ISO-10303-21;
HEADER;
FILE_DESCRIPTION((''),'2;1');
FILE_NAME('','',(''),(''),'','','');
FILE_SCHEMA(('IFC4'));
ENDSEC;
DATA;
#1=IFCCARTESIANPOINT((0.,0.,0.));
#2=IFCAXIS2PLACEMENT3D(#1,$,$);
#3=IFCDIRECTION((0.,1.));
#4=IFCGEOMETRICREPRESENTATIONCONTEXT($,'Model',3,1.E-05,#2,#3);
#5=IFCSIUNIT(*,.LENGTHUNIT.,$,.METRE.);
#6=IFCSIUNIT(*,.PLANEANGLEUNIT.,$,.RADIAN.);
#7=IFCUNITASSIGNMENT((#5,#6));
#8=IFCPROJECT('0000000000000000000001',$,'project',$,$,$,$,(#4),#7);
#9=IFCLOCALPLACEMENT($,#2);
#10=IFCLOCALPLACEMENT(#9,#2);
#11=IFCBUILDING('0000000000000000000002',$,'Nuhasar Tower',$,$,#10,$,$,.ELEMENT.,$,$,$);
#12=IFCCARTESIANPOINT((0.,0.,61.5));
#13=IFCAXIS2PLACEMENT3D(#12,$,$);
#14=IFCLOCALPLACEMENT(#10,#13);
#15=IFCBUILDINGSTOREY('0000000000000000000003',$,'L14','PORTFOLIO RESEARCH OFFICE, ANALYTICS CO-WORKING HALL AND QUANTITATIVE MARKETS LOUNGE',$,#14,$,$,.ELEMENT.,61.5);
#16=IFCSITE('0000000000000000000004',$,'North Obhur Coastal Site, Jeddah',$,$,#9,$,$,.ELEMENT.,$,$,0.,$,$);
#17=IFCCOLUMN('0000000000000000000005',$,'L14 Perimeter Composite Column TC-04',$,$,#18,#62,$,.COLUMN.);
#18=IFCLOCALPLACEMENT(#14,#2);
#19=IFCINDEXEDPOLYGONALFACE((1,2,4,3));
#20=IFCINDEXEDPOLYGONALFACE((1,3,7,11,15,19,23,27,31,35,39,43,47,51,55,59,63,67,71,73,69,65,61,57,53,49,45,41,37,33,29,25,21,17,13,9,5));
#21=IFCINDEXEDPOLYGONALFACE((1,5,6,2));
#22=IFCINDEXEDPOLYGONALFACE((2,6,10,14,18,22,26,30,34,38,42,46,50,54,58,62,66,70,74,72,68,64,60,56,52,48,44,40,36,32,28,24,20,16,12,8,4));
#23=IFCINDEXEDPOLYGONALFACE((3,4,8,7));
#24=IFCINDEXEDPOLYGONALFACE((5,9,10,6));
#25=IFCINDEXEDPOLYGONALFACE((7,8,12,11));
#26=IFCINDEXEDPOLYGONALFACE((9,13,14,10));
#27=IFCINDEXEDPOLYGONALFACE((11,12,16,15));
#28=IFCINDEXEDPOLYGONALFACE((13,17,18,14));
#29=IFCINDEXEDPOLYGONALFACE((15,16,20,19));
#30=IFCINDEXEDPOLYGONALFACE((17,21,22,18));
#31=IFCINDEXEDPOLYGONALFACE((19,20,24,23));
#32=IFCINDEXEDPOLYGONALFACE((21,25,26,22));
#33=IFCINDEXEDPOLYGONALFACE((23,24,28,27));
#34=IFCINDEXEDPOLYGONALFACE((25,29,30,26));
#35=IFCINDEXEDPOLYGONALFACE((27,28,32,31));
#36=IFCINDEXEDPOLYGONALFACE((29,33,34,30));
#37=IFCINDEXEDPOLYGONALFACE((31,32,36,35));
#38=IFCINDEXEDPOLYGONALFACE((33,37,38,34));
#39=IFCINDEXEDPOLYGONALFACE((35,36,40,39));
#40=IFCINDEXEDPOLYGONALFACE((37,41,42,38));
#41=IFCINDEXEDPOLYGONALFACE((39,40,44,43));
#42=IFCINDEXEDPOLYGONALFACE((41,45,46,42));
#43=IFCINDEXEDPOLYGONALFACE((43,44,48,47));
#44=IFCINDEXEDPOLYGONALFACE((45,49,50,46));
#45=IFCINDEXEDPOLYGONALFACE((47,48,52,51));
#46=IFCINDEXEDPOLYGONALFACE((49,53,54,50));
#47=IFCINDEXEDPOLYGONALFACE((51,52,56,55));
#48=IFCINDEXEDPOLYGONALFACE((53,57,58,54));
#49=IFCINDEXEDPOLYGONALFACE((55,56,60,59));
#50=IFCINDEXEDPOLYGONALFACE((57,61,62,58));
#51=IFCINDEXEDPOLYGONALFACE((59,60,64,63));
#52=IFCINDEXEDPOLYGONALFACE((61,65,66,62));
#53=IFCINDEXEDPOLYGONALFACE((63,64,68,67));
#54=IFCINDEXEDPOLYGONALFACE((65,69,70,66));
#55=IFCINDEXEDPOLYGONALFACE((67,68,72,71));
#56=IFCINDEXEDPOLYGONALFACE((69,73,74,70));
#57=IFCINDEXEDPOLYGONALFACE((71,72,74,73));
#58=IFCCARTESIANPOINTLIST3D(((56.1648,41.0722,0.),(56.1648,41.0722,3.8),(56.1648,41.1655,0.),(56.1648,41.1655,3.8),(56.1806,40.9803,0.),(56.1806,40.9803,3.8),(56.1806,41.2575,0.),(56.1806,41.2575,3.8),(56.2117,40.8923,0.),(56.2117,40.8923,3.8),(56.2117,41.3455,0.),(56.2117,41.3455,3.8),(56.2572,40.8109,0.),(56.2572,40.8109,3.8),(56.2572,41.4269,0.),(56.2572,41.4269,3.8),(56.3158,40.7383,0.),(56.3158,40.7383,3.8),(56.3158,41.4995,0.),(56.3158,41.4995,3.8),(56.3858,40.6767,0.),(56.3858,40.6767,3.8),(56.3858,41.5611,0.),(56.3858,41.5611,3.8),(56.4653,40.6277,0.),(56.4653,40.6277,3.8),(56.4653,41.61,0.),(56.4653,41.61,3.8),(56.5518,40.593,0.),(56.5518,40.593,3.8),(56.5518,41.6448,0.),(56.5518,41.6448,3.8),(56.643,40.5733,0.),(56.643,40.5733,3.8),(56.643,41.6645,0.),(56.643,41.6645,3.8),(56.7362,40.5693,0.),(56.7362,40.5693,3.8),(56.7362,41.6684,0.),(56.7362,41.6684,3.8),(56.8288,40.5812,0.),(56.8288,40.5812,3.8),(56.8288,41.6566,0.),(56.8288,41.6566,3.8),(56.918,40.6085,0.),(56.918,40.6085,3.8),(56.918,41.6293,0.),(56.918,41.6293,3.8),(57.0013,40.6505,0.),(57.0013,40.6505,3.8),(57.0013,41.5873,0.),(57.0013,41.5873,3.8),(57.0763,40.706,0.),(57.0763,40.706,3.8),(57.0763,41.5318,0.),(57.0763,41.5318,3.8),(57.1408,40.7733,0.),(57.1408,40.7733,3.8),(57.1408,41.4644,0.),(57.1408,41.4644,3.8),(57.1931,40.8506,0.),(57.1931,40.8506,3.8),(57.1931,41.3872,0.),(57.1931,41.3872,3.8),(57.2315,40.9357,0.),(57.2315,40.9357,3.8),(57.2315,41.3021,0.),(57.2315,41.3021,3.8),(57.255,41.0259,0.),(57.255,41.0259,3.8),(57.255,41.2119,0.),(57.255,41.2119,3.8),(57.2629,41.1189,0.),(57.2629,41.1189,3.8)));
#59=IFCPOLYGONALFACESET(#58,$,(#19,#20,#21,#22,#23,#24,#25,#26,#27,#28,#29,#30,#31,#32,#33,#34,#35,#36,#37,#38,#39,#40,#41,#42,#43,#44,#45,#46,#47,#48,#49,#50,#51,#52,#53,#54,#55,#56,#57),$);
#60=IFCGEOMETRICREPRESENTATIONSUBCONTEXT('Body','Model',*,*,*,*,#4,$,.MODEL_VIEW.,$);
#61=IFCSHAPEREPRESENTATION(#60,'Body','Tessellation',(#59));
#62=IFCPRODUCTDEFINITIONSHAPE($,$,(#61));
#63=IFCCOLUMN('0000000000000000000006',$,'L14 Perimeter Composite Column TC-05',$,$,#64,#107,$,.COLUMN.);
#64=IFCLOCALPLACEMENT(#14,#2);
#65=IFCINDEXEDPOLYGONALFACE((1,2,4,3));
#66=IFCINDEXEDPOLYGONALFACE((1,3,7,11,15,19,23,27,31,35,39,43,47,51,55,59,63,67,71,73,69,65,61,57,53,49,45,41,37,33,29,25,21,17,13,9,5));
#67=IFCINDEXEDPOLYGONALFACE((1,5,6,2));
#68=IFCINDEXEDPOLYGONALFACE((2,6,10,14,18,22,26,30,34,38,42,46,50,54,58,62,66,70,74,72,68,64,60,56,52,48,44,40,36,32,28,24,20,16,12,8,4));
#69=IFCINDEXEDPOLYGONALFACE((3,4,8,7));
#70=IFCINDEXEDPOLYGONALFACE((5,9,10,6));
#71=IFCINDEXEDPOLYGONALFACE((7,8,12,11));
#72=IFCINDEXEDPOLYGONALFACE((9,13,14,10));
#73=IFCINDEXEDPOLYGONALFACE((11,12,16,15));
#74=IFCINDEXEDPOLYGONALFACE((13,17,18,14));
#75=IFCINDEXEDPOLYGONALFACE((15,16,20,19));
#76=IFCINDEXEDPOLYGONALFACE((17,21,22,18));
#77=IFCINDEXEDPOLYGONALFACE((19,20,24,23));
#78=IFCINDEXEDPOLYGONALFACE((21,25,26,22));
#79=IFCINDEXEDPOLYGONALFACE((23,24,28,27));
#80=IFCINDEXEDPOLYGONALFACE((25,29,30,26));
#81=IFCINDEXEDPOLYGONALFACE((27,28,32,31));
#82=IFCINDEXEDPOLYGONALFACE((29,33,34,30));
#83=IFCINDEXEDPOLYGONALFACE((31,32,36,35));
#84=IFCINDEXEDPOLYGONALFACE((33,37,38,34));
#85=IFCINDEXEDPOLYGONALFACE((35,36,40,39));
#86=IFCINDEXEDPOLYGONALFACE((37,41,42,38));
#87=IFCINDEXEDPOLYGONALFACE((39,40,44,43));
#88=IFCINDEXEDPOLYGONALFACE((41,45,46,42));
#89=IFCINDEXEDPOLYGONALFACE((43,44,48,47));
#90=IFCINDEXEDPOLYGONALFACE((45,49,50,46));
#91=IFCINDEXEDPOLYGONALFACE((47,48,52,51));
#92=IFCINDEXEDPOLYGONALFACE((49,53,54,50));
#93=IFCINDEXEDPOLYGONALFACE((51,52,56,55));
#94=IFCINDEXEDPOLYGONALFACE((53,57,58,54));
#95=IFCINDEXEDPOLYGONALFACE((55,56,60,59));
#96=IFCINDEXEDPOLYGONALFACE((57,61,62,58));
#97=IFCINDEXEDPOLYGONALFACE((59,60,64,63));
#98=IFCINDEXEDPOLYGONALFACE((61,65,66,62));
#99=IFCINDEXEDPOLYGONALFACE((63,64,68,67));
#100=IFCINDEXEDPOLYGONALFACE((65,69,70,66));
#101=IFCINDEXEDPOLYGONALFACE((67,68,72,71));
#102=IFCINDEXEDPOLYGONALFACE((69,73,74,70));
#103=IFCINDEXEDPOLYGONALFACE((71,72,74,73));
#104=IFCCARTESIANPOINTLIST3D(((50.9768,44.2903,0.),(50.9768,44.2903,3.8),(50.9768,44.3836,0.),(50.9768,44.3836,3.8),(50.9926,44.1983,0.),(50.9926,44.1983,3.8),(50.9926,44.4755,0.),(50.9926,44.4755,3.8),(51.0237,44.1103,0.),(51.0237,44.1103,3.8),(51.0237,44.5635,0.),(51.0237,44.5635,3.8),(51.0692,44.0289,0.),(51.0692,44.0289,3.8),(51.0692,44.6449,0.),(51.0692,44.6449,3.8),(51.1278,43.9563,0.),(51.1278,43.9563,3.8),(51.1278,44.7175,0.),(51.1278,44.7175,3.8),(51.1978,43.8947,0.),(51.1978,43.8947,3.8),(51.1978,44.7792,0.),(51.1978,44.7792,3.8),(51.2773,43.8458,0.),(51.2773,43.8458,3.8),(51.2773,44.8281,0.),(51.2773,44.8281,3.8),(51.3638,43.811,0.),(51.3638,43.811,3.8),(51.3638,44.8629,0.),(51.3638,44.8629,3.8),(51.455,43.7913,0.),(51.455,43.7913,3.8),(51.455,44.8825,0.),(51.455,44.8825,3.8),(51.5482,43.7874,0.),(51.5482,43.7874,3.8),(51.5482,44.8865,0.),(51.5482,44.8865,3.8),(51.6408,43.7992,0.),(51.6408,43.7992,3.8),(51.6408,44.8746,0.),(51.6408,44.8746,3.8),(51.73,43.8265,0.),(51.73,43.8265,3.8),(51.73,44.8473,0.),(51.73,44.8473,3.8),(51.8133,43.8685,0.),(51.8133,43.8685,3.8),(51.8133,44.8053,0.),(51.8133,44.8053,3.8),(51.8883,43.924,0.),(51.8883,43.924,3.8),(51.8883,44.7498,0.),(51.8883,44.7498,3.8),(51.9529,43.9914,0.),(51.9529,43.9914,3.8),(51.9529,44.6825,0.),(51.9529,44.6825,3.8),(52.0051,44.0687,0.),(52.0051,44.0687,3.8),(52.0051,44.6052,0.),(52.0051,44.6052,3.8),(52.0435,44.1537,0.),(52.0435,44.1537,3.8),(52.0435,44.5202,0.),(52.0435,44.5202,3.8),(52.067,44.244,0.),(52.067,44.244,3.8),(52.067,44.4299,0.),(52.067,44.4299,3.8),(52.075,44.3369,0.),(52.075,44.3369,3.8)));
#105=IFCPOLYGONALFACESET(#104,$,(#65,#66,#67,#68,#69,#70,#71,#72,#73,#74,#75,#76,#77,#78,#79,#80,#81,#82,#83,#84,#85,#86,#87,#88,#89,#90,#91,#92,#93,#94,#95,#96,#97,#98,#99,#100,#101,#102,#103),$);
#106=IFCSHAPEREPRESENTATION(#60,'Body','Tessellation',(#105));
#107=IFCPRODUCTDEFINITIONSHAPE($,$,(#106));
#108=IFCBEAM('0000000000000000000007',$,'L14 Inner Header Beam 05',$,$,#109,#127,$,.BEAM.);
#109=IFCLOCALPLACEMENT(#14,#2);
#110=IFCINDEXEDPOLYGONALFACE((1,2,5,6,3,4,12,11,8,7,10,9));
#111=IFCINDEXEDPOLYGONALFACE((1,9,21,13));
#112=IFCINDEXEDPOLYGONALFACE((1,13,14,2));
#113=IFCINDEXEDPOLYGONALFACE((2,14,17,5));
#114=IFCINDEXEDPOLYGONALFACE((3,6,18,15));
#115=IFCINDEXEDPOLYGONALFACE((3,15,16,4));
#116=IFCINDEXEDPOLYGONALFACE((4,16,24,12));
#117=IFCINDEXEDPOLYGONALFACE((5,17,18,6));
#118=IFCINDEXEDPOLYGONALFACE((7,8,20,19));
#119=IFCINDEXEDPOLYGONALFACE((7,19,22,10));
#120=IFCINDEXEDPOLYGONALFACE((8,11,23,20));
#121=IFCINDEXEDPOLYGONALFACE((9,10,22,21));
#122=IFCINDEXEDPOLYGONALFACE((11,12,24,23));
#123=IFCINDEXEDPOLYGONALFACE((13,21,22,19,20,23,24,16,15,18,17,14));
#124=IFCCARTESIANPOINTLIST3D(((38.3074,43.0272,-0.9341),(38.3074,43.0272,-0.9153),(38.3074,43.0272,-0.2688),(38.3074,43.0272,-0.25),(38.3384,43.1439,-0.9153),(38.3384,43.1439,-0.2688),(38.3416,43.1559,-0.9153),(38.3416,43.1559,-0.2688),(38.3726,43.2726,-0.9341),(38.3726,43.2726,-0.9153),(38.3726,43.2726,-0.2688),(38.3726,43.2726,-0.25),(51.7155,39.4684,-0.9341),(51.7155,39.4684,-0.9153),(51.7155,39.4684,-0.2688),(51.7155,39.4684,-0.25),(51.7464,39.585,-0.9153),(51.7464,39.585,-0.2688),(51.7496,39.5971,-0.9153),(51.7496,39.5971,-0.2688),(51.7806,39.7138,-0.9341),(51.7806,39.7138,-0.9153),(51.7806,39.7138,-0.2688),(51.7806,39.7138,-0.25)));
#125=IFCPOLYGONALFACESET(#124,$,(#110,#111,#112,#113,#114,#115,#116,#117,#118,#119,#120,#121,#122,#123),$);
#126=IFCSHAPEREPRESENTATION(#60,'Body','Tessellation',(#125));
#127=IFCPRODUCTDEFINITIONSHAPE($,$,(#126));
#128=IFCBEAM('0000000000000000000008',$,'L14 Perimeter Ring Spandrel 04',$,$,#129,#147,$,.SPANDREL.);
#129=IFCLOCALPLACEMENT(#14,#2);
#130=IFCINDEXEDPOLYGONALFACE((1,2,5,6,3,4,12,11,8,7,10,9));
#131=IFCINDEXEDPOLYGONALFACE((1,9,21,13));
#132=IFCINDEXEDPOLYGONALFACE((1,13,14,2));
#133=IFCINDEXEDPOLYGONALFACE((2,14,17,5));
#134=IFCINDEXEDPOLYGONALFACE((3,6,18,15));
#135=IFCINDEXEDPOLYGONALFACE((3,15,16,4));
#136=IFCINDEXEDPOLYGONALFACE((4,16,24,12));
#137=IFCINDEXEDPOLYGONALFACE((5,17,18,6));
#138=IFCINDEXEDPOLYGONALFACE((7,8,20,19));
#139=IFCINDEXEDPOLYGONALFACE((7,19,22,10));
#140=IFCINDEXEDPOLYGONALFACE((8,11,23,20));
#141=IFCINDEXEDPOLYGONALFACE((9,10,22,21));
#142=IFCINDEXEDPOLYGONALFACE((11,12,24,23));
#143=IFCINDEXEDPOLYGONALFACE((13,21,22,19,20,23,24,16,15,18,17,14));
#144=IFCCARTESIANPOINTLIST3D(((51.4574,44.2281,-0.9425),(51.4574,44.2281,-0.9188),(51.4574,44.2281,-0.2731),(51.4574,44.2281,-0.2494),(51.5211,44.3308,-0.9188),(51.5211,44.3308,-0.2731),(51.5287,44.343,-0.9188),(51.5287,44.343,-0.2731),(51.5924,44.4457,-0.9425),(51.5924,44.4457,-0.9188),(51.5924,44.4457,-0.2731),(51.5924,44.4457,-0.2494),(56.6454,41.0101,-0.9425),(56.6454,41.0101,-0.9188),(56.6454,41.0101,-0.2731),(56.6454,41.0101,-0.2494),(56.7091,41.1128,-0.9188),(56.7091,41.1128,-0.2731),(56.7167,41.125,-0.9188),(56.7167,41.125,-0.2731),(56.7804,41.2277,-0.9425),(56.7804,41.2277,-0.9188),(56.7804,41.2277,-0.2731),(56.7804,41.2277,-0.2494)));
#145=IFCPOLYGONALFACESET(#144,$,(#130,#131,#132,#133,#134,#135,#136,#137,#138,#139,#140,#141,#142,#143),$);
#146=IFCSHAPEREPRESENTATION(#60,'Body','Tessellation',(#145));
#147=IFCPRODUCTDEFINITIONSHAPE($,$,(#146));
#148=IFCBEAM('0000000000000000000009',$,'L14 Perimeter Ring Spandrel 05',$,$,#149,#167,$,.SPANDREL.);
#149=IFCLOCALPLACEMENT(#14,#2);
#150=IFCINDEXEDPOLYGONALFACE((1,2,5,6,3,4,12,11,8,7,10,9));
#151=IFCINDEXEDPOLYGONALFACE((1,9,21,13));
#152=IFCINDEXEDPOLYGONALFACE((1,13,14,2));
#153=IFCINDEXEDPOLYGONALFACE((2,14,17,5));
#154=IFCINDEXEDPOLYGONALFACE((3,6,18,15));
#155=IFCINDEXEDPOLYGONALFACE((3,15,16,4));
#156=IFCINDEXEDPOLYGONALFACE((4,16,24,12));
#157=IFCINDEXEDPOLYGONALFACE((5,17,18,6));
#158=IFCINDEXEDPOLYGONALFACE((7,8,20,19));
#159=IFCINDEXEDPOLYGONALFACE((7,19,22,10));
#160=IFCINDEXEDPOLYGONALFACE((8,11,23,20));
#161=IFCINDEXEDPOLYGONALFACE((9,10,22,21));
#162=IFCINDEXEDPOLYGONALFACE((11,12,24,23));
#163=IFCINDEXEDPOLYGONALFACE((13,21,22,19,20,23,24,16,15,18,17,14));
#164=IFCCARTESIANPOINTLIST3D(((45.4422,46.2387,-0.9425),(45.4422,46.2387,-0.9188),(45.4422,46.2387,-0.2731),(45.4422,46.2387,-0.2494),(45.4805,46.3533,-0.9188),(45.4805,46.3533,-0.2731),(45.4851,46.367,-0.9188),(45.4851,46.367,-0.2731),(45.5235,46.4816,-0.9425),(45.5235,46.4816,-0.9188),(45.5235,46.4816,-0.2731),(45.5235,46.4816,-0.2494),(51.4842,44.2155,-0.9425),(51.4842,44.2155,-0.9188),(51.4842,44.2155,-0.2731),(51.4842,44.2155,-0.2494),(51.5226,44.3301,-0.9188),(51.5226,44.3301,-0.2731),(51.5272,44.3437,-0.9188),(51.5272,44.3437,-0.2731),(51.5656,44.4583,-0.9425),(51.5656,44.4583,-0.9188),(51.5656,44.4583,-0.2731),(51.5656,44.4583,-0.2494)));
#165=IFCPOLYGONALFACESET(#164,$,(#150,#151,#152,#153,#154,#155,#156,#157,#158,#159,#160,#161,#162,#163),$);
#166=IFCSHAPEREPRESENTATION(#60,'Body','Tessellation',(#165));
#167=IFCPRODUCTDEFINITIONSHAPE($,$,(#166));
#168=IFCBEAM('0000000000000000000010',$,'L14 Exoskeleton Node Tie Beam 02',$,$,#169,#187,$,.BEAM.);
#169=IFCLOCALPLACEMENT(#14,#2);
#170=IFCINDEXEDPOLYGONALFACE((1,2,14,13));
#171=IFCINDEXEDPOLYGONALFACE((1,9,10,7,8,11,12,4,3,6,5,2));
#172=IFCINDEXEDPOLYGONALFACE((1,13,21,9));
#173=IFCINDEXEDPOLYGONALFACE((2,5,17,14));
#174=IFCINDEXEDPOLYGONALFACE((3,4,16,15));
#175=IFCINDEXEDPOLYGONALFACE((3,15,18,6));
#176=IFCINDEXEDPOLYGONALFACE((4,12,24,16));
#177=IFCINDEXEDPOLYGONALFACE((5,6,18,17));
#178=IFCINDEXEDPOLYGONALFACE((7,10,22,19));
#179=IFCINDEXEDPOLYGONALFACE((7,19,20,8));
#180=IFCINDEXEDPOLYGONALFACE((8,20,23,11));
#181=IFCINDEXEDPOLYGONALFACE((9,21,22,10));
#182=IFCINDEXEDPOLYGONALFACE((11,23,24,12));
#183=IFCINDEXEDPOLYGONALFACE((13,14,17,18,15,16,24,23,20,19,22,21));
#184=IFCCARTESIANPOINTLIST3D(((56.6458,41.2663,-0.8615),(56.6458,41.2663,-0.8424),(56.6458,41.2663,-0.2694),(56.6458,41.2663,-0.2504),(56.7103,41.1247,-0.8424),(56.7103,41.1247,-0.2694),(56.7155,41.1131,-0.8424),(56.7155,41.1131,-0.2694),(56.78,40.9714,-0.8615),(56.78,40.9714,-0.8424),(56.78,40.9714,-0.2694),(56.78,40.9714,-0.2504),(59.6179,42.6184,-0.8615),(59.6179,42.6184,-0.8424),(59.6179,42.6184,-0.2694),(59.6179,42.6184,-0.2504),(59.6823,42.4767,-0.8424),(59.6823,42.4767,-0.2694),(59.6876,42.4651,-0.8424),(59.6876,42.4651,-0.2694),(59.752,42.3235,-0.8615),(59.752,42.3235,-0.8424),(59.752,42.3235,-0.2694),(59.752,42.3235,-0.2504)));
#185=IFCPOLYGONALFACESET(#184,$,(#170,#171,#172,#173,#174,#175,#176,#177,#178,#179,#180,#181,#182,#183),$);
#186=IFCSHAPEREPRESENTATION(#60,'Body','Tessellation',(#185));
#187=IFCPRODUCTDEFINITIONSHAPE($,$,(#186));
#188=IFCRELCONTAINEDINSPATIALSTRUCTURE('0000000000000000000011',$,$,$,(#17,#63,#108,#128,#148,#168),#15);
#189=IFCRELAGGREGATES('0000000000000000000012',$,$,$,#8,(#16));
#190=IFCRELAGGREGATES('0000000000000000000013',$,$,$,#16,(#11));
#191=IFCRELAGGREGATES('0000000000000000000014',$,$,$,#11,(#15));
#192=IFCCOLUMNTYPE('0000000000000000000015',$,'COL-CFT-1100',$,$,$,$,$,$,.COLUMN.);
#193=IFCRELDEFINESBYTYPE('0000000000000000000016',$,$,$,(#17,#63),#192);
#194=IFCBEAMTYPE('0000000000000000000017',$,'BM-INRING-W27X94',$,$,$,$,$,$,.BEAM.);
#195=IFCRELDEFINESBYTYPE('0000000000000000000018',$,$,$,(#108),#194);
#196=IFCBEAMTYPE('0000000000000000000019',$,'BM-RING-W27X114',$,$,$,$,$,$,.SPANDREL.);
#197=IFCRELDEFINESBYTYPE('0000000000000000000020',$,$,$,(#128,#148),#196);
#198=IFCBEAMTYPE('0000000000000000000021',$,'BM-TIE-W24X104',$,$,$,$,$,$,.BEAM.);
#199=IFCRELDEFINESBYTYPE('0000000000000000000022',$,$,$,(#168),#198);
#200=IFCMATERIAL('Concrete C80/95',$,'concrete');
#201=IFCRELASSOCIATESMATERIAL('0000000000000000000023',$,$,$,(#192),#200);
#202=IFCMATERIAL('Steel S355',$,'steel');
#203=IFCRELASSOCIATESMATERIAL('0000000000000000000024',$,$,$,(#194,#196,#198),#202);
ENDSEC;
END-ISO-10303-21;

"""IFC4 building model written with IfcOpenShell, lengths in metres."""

from ifc_helpers import new_model, si_unit, direction, frame, origin, origin_2d, place, context, subcontext, project, spatial, circle, i_section, extrude, material, material_profile, profile_set, type_object, element, save


model = new_model("IFC4")

# Units and contexts
model_context = context("Model", 3, precision=1e-05, world=origin(), true_north=direction((0.0, 1.0)))
body_context = subcontext(model_context, "Body", "Model", "MODEL_VIEW")
ifc_project = project(units=[si_unit("LENGTHUNIT", "METRE"), si_unit("PLANEANGLEUNIT", "RADIAN")], contexts=[model_context])

# Site, building, storey
site_placement = place(None, origin())
site = spatial("IfcSite", under=ifc_project, at=site_placement, Name="North Obhur Coastal Site, Jeddah", CompositionType="ELEMENT", RefElevation=0.0)
building_placement = place(site_placement, origin())
building = spatial("IfcBuilding", under=site, at=building_placement, Name="Nuhasar Tower", CompositionType="ELEMENT")
storey_placement = place(building_placement, frame((0.0, 0.0, 61.5)))
storey = spatial("IfcBuildingStorey", under=building, at=storey_placement, Name="L14", Description="PORTFOLIO RESEARCH OFFICE, ANALYTICS CO-WORKING HALL AND QUANTITATIVE MARKETS LOUNGE", CompositionType="ELEMENT", Elevation=61.5)

# Columns
ifc_material_1 = material(Name="Concrete C80/95", Category="concrete")
ifc_material_profile_1 = material_profile(ifc_material_1, circle(Radius=0.55, at=origin_2d()), Name="CFT1100")
ifc_profile_set_1 = profile_set([ifc_material_profile_1], Name="Concrete C80/95")
column_type = type_object("IfcColumnType", Name="COL-CFT-1100", PredefinedType="COLUMN", material=ifc_profile_set_1)
for number, where, z_axis, x_axis, name in (
    (1, (56.7129, 41.1189, 0.0), (0.0, 0.0, 1.0), (1.0, 0.0, 0.0), "L14 Perimeter Composite Column TC-04"),
    (2, (51.5249, 44.3369, 0.0), (0.0, 0.0, 1.0), (1.0, 0.0, 0.0), "L14 Perimeter Composite Column TC-05"),
):
    element("IfcColumn", number, at=place(storey_placement, frame(where, z_axis=z_axis, x_axis=x_axis)), inside=storey, type_object=column_type, Name=name, PredefinedType="COLUMN", context=body_context, shape_type="SweptSolid", body=[
        extrude(circle(Radius=0.55, at=origin_2d()), origin(), (0.0, 0.0, 1.0), 3.8),
    ])

# Beams
ifc_material_2 = material(Name="Steel S355", Category="steel")
ifc_material_profile_2 = material_profile(ifc_material_2, i_section(OverallWidth=0.2539, OverallDepth=0.6841, WebThickness=0.0125, FlangeThickness=0.0188, at=origin_2d()), Name="W27X94")
ifc_profile_set_2 = profile_set([ifc_material_profile_2], Name="Steel S355")
beam_type_1 = type_object("IfcBeamType", Name="BM-INRING-W27X94", PredefinedType="BEAM", material=ifc_profile_set_2)
beam_1_placement = place(storey_placement, frame((51.748, 39.5911, -0.592), z_axis=(-0.966533, 0.256544, 0.0), x_axis=(-0.256544, -0.966533, 0.0)))
element("IfcBeam", 3, at=beam_1_placement, inside=storey, type_object=beam_type_1, Name="L14 Inner Header Beam 05", PredefinedType="BEAM", context=body_context, shape_type="SweptSolid", body=[
    extrude(i_section(OverallWidth=0.2539, OverallDepth=0.6841, WebThickness=0.0125, FlangeThickness=0.0188, at=origin_2d()), origin(), (0.0, 0.0, 1.0), 13.8723),
])
ifc_material_profile_3 = material_profile(ifc_material_2, i_section(OverallWidth=0.2561, OverallDepth=0.6931, WebThickness=0.0144, FlangeThickness=0.0237, at=origin_2d()), Name="W27X114")
ifc_profile_set_3 = profile_set([ifc_material_profile_3], Name="Steel S355")
beam_type_2 = type_object("IfcBeamType", Name="BM-RING-W27X114", PredefinedType="SPANDREL", material=ifc_profile_set_3)
beam_2_placement = place(storey_placement, frame((56.7129, 41.1189, -0.5959), z_axis=(-0.849795, 0.527113, 0.0), x_axis=(-0.527113, -0.849795, 0.0)))
element("IfcBeam", 4, at=beam_2_placement, inside=storey, type_object=beam_type_2, Name="L14 Perimeter Ring Spandrel 04", PredefinedType="SPANDREL", context=body_context, shape_type="SweptSolid", body=[
    extrude(i_section(OverallWidth=0.2561, OverallDepth=0.6931, WebThickness=0.0144, FlangeThickness=0.0237, at=origin_2d()), origin(), (0.0, 0.0, 1.0), 6.105),
])
beam_3_placement = place(storey_placement, frame((51.5249, 44.3369, -0.5959), z_axis=(-0.948249, 0.317526, 0.0), x_axis=(-0.317526, -0.948249, 0.0)))
element("IfcBeam", 5, at=beam_3_placement, inside=storey, type_object=beam_type_2, Name="L14 Perimeter Ring Spandrel 05", PredefinedType="SPANDREL", context=body_context, shape_type="SweptSolid", body=[
    extrude(i_section(OverallWidth=0.2561, OverallDepth=0.6931, WebThickness=0.0144, FlangeThickness=0.0237, at=origin_2d()), origin(), (0.0, 0.0, 1.0), 6.3718),
])
ifc_material_profile_4 = material_profile(ifc_material_2, i_section(OverallWidth=0.324, OverallDepth=0.6111, WebThickness=0.0127, FlangeThickness=0.019, at=origin_2d()), Name="W24X104")
ifc_profile_set_4 = profile_set([ifc_material_profile_4], Name="Steel S355")
beam_type_3 = type_object("IfcBeamType", Name="BM-TIE-W24X104", PredefinedType="BEAM", material=ifc_profile_set_4)
beam_4_placement = place(storey_placement, frame((56.7129, 41.1189, -0.5559), z_axis=(0.910244, 0.414073, 0.0), x_axis=(-0.414073, 0.910244, 0.0)))
element("IfcBeam", 6, at=beam_4_placement, inside=storey, type_object=beam_type_3, Name="L14 Exoskeleton Node Tie Beam 02", PredefinedType="BEAM", context=body_context, shape_type="SweptSolid", body=[
    extrude(i_section(OverallWidth=0.324, OverallDepth=0.6111, WebThickness=0.0127, FlangeThickness=0.019, at=origin_2d()), origin(), (0.0, 0.0, 1.0), 3.2651),
])

save(model, "model.ifc")
